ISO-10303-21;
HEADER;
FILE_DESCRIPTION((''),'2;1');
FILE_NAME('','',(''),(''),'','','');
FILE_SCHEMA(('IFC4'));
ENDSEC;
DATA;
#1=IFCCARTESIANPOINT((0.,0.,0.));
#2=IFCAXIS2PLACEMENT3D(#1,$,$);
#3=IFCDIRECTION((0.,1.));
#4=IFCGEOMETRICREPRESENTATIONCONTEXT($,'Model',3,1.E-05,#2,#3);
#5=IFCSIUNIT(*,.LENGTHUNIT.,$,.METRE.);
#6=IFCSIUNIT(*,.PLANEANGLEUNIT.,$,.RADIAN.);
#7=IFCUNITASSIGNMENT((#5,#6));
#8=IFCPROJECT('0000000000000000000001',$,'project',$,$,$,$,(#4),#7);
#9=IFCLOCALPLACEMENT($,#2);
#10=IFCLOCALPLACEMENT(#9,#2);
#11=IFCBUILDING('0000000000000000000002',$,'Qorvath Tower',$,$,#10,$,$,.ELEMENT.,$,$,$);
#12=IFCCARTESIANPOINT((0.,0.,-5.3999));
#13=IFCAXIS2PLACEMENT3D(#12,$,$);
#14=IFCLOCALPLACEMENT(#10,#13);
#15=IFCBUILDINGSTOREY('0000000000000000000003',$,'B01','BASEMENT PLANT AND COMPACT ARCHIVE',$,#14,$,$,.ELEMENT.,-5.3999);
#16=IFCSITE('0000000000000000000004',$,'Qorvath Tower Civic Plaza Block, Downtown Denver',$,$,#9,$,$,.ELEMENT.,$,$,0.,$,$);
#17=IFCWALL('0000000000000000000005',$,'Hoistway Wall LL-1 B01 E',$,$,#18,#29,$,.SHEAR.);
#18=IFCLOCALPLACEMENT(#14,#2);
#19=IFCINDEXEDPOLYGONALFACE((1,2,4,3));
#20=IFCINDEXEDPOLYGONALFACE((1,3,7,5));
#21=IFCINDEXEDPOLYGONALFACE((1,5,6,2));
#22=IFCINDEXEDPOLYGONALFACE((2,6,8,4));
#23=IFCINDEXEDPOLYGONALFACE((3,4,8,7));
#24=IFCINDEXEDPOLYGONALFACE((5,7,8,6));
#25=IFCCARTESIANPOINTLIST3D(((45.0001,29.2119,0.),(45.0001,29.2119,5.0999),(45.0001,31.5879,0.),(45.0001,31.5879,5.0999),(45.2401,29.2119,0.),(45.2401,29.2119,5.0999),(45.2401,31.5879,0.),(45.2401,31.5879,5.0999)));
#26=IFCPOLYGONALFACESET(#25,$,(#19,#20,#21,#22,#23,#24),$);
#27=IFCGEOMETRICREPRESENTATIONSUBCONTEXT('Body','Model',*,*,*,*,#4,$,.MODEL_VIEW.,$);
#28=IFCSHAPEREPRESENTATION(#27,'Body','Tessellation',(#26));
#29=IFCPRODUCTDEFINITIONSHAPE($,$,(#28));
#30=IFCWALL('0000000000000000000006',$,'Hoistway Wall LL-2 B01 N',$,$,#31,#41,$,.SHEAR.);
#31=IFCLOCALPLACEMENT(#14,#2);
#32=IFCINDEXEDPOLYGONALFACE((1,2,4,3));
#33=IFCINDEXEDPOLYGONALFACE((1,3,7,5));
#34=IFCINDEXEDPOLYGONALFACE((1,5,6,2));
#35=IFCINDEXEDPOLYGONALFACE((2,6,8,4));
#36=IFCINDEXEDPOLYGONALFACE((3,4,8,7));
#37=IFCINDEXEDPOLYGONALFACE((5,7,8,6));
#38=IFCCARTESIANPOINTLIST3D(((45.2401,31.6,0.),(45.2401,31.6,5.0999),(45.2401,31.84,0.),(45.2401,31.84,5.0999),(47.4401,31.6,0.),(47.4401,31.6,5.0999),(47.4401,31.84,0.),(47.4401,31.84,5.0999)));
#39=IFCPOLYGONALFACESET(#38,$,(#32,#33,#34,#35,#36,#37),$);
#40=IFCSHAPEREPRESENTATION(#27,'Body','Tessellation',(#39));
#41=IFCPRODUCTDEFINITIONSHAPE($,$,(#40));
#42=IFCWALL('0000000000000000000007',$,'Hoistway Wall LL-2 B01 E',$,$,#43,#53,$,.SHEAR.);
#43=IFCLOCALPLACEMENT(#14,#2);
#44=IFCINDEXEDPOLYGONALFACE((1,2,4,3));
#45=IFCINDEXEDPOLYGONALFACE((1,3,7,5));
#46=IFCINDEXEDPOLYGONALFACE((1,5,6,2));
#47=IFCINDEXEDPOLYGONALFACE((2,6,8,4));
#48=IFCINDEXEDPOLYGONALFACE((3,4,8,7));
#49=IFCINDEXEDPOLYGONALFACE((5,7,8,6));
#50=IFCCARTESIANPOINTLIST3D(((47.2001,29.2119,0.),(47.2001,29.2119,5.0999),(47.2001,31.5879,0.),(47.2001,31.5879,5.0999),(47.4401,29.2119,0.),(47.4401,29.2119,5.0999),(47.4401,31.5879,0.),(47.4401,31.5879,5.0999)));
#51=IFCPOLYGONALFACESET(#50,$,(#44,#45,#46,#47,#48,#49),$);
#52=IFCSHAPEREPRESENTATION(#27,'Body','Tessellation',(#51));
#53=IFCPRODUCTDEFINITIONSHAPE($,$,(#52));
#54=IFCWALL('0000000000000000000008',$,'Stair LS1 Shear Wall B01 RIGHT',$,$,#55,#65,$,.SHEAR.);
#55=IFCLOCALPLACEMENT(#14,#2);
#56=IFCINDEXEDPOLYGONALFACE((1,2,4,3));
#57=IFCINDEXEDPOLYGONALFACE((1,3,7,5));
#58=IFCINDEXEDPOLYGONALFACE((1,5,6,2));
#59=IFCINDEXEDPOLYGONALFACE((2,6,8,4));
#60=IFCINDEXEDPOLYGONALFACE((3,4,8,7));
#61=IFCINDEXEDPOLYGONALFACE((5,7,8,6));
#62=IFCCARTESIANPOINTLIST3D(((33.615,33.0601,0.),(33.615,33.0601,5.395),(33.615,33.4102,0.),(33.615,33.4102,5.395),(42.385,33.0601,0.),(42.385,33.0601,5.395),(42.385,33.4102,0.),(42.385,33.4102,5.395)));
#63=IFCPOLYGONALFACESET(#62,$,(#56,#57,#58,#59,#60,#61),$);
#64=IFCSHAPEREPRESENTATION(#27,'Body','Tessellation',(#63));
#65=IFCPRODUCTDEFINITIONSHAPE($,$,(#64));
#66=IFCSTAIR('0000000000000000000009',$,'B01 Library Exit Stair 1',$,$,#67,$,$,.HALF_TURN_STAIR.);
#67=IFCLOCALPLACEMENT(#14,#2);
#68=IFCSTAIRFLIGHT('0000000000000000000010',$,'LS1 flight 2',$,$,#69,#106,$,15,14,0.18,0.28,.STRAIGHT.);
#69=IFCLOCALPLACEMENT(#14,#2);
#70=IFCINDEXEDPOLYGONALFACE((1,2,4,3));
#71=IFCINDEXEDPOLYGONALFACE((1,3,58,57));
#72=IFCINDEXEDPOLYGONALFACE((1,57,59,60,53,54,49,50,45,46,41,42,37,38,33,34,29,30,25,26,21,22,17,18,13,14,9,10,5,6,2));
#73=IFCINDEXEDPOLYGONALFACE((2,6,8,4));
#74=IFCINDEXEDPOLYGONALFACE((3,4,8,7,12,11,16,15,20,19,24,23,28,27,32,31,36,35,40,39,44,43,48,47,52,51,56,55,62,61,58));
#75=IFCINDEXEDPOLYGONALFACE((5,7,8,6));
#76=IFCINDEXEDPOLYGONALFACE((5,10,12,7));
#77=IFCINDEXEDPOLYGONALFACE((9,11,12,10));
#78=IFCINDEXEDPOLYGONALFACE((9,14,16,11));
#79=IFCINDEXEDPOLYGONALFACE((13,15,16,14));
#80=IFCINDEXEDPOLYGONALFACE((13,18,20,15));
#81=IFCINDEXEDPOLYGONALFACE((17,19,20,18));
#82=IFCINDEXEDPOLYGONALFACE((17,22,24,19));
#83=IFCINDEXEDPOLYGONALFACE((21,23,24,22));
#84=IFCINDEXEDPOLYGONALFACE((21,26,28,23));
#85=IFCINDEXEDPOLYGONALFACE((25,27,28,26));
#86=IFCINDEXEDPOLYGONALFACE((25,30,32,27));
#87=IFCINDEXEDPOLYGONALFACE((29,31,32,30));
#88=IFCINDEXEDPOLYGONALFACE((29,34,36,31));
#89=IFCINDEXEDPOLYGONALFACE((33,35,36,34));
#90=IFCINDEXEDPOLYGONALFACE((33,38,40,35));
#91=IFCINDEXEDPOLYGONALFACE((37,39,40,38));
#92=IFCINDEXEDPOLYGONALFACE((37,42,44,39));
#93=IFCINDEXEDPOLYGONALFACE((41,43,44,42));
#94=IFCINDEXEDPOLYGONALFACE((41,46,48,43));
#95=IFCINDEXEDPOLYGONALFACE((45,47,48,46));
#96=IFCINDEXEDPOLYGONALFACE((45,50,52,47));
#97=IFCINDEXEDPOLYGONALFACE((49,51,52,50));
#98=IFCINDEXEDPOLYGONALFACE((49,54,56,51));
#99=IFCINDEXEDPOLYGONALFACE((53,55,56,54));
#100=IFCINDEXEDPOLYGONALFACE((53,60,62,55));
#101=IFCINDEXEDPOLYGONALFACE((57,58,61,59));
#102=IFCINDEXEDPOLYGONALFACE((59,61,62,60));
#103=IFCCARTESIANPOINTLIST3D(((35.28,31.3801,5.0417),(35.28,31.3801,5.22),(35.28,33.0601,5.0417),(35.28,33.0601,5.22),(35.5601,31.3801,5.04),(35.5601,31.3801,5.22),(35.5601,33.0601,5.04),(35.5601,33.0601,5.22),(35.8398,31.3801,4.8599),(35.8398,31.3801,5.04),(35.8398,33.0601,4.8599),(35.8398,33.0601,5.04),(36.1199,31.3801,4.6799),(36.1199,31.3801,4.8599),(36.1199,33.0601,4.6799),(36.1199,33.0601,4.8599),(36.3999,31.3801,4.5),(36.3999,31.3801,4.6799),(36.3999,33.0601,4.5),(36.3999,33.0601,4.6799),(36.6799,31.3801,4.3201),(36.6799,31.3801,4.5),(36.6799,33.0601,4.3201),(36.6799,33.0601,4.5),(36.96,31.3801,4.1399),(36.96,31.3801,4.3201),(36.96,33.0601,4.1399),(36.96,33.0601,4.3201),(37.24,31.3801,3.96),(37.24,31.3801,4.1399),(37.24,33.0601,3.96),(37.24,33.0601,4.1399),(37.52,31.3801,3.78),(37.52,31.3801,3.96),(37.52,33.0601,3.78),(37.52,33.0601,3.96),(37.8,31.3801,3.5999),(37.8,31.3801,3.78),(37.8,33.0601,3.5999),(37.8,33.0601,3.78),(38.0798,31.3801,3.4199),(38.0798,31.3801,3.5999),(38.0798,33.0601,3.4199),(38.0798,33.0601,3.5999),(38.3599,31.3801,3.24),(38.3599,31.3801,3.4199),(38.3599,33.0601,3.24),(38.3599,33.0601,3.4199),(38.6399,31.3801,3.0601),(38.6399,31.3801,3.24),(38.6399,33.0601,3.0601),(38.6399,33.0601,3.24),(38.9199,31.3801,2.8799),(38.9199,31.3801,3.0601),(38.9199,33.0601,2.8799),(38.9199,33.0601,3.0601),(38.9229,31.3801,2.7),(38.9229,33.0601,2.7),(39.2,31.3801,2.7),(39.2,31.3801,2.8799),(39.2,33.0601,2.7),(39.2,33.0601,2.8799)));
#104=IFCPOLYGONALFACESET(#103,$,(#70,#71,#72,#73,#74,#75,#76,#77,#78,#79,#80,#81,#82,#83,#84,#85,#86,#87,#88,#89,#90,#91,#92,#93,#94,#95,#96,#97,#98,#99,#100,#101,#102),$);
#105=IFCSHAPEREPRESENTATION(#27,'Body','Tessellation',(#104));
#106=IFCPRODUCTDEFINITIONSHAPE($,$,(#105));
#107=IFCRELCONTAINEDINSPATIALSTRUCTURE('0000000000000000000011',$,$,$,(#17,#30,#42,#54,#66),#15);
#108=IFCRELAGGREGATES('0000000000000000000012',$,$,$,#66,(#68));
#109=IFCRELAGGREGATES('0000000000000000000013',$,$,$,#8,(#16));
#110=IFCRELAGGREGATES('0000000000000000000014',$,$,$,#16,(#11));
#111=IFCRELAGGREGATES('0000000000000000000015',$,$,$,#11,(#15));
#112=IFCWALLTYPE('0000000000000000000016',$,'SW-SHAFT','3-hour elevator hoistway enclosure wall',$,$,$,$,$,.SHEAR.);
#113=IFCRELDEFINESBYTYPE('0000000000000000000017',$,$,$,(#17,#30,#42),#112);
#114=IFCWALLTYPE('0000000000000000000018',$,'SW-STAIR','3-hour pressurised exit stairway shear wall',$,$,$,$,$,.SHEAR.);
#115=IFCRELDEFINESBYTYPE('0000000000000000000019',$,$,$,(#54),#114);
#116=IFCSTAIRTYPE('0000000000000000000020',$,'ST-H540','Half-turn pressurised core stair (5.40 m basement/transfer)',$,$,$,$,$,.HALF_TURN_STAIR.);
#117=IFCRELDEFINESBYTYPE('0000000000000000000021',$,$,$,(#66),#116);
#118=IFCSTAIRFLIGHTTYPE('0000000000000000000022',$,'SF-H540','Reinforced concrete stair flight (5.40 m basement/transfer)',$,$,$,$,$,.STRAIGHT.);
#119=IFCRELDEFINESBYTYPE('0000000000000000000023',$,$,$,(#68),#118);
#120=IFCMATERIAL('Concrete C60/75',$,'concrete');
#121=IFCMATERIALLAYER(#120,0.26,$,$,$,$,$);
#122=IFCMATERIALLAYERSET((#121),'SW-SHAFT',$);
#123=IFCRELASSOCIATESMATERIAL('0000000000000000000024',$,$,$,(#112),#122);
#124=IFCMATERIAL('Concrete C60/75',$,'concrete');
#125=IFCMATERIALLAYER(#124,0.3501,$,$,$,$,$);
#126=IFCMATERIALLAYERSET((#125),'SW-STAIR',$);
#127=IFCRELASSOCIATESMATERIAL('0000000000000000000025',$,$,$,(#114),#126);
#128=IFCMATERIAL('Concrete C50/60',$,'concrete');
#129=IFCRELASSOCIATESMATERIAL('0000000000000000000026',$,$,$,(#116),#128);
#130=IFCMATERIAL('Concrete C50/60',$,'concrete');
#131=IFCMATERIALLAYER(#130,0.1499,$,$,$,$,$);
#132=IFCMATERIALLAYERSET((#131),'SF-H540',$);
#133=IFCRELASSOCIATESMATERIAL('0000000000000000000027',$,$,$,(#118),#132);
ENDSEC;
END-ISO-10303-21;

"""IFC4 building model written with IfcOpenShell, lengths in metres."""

from ifc_helpers import new_model, si_unit, direction, frame, frame_2d, origin, place, context, subcontext, project, spatial, polyline, rectangle, outline, extrude, material, layer, layer_set, type_object, element, aggregate, save


model = new_model("IFC4")

# Units and contexts
model_context = context("Model", 3, precision=1e-05, world=origin(), true_north=direction((0.0, 1.0)))
body_context = subcontext(model_context, "Body", "Model", "MODEL_VIEW")
ifc_project = project(units=[si_unit("LENGTHUNIT", "METRE"), si_unit("PLANEANGLEUNIT", "RADIAN")], contexts=[model_context])

# Site, building, storey
site_placement = place(None, origin())
site = spatial("IfcSite", under=ifc_project, at=site_placement, Name="Qorvath Tower Civic Plaza Block, Downtown Denver", CompositionType="ELEMENT", RefElevation=0.0)
building_placement = place(site_placement, origin())
building = spatial("IfcBuilding", under=site, at=building_placement, Name="Qorvath Tower", CompositionType="ELEMENT")
storey_placement = place(building_placement, frame((0.0, 0.0, -5.3999)))
storey = spatial("IfcBuildingStorey", under=building, at=storey_placement, Name="B01", Description="BASEMENT PLANT AND COMPACT ARCHIVE", CompositionType="ELEMENT", Elevation=-5.3999)

# Walls
ifc_material_1 = material(Name="Concrete C60/75", Category="concrete")
ifc_layer_1 = layer(ifc_material_1, 0.26)
ifc_layer_set_1 = layer_set([ifc_layer_1], Name="SW-SHAFT")
wall_type_1 = type_object("IfcWallType", Name="SW-SHAFT", Description="3-hour elevator hoistway enclosure wall", PredefinedType="SHEAR", material=ifc_layer_set_1)
wall_1_placement = place(storey_placement, frame((45.1201, 31.5879, 0.0), z_axis=(0.0, 0.0, 1.0), x_axis=(0.0, -1.0, 0.0)))
element("IfcWall", 1, at=wall_1_placement, inside=storey, type_object=wall_type_1, Name="Hoistway Wall LL-1 B01 E", PredefinedType="SHEAR", context=body_context, shape_type="SweptSolid", body=[
    extrude(rectangle(XDim=2.376, YDim=0.24, at=frame_2d((1.188, 0.0))), origin(), (0.0, 0.0, 1.0), 5.0999),
])
wall_2_placement = place(storey_placement, frame((45.24, 31.72, 0.0), z_axis=(0.0, 0.0, 1.0), x_axis=(1.0, 0.0, 0.0)))
element("IfcWall", 2, at=wall_2_placement, inside=storey, type_object=wall_type_1, Name="Hoistway Wall LL-2 B01 N", PredefinedType="SHEAR", context=body_context, shape_type="SweptSolid", body=[
    extrude(rectangle(XDim=2.2, YDim=0.24, at=frame_2d((1.1001, 0.0))), origin(), (0.0, 0.0, 1.0), 5.0999),
])
wall_3_placement = place(storey_placement, frame((47.3201, 31.5879, 0.0), z_axis=(0.0, 0.0, 1.0), x_axis=(0.0, -1.0, 0.0)))
element("IfcWall", 3, at=wall_3_placement, inside=storey, type_object=wall_type_1, Name="Hoistway Wall LL-2 B01 E", PredefinedType="SHEAR", context=body_context, shape_type="SweptSolid", body=[
    extrude(rectangle(XDim=2.376, YDim=0.24, at=frame_2d((1.188, 0.0))), origin(), (0.0, 0.0, 1.0), 5.0999),
])
ifc_material_2 = material(Name="Concrete C60/75", Category="concrete")
ifc_layer_2 = layer(ifc_material_2, 0.3501)
ifc_layer_set_2 = layer_set([ifc_layer_2], Name="SW-STAIR")
wall_type_2 = type_object("IfcWallType", Name="SW-STAIR", Description="3-hour pressurised exit stairway shear wall", PredefinedType="SHEAR", material=ifc_layer_set_2)
wall_4_placement = place(storey_placement, frame((42.385, 33.2351, 0.0), z_axis=(0.0, 0.0, 1.0), x_axis=(-1.0, 0.0, 0.0)))
element("IfcWall", 4, at=wall_4_placement, inside=storey, type_object=wall_type_2, Name="Stair LS1 Shear Wall B01 RIGHT", PredefinedType="SHEAR", context=body_context, shape_type="SweptSolid", body=[
    extrude(rectangle(XDim=8.77, YDim=0.3501, at=frame_2d((4.385, 0.0))), origin(), (0.0, 0.0, 1.0), 5.395),
])

# Stair, stair flight
ifc_material_3 = material(Name="Concrete C50/60", Category="concrete")
stair_type = type_object("IfcStairType", Name="ST-H540", Description="Half-turn pressurised core stair (5.40 m basement/transfer)", PredefinedType="HALF_TURN_STAIR", material=ifc_material_3)
stair_placement = place(storey_placement, origin())
stair = element("IfcStair", 5, at=stair_placement, inside=storey, type_object=stair_type, Name="B01 Library Exit Stair 1", PredefinedType="HALF_TURN_STAIR")
ifc_material_4 = material(Name="Concrete C50/60", Category="concrete")
ifc_layer_3 = layer(ifc_material_4, 0.1499)
ifc_layer_set_3 = layer_set([ifc_layer_3], Name="SF-H540")
stair_flight_type = type_object("IfcStairFlightType", Name="SF-H540", Description="Reinforced concrete stair flight (5.40 m basement/transfer)", PredefinedType="STRAIGHT", material=ifc_layer_set_3)
stair_flight_placement = place(storey_placement, frame((39.2, 32.22, 2.7), z_axis=(0.0, 0.0, 1.0), x_axis=(-1.0, 0.0, 0.0)))
stair_flight = element("IfcStairFlight", 6, at=stair_flight_placement, type_object=stair_flight_type, Name="LS1 flight 2", NumberOfRisers=15, NumberOfTreads=14, PredefinedType="STRAIGHT", RiserHeight=0.18, TreadLength=0.28, context=body_context, shape_type="SweptSolid", body=[
    extrude(outline(polyline([(0.0, 0.0), (0.0, 0.1799), (0.28, 0.1799), (0.28, 0.3601), (0.5601, 0.3601), (0.5601, 0.54), (0.8401, 0.54), (0.8401, 0.72), (1.1201, 0.72), (1.1201, 0.8999), (1.3999, 0.8999), (1.3999, 1.0801), (1.6799, 1.0801), (1.6799, 1.26), (1.96, 1.26), (1.96, 1.4399), (2.24, 1.4399), (2.24, 1.6201), (2.52, 1.6201), (2.52, 1.8), (2.8, 1.8), (2.8, 1.98), (3.0801, 1.98), (3.0801, 2.1599), (3.3601, 2.1599), (3.3601, 2.3401), (3.6399, 2.3401), (3.6399, 2.52), (3.9199, 2.52), (3.9199, 2.7), (3.9199, 2.3418), (0.2771, 0.0), (0.0, 0.0)])), frame((0.0, 0.8398, 0.0), z_axis=(0.0, -1.0, 0.0), x_axis=(1.0, 0.0, 0.0)), (0.0, 0.0, 1.0), 1.6799),
])
aggregate(stair, [stair_flight])

save(model, "model.ifc")
